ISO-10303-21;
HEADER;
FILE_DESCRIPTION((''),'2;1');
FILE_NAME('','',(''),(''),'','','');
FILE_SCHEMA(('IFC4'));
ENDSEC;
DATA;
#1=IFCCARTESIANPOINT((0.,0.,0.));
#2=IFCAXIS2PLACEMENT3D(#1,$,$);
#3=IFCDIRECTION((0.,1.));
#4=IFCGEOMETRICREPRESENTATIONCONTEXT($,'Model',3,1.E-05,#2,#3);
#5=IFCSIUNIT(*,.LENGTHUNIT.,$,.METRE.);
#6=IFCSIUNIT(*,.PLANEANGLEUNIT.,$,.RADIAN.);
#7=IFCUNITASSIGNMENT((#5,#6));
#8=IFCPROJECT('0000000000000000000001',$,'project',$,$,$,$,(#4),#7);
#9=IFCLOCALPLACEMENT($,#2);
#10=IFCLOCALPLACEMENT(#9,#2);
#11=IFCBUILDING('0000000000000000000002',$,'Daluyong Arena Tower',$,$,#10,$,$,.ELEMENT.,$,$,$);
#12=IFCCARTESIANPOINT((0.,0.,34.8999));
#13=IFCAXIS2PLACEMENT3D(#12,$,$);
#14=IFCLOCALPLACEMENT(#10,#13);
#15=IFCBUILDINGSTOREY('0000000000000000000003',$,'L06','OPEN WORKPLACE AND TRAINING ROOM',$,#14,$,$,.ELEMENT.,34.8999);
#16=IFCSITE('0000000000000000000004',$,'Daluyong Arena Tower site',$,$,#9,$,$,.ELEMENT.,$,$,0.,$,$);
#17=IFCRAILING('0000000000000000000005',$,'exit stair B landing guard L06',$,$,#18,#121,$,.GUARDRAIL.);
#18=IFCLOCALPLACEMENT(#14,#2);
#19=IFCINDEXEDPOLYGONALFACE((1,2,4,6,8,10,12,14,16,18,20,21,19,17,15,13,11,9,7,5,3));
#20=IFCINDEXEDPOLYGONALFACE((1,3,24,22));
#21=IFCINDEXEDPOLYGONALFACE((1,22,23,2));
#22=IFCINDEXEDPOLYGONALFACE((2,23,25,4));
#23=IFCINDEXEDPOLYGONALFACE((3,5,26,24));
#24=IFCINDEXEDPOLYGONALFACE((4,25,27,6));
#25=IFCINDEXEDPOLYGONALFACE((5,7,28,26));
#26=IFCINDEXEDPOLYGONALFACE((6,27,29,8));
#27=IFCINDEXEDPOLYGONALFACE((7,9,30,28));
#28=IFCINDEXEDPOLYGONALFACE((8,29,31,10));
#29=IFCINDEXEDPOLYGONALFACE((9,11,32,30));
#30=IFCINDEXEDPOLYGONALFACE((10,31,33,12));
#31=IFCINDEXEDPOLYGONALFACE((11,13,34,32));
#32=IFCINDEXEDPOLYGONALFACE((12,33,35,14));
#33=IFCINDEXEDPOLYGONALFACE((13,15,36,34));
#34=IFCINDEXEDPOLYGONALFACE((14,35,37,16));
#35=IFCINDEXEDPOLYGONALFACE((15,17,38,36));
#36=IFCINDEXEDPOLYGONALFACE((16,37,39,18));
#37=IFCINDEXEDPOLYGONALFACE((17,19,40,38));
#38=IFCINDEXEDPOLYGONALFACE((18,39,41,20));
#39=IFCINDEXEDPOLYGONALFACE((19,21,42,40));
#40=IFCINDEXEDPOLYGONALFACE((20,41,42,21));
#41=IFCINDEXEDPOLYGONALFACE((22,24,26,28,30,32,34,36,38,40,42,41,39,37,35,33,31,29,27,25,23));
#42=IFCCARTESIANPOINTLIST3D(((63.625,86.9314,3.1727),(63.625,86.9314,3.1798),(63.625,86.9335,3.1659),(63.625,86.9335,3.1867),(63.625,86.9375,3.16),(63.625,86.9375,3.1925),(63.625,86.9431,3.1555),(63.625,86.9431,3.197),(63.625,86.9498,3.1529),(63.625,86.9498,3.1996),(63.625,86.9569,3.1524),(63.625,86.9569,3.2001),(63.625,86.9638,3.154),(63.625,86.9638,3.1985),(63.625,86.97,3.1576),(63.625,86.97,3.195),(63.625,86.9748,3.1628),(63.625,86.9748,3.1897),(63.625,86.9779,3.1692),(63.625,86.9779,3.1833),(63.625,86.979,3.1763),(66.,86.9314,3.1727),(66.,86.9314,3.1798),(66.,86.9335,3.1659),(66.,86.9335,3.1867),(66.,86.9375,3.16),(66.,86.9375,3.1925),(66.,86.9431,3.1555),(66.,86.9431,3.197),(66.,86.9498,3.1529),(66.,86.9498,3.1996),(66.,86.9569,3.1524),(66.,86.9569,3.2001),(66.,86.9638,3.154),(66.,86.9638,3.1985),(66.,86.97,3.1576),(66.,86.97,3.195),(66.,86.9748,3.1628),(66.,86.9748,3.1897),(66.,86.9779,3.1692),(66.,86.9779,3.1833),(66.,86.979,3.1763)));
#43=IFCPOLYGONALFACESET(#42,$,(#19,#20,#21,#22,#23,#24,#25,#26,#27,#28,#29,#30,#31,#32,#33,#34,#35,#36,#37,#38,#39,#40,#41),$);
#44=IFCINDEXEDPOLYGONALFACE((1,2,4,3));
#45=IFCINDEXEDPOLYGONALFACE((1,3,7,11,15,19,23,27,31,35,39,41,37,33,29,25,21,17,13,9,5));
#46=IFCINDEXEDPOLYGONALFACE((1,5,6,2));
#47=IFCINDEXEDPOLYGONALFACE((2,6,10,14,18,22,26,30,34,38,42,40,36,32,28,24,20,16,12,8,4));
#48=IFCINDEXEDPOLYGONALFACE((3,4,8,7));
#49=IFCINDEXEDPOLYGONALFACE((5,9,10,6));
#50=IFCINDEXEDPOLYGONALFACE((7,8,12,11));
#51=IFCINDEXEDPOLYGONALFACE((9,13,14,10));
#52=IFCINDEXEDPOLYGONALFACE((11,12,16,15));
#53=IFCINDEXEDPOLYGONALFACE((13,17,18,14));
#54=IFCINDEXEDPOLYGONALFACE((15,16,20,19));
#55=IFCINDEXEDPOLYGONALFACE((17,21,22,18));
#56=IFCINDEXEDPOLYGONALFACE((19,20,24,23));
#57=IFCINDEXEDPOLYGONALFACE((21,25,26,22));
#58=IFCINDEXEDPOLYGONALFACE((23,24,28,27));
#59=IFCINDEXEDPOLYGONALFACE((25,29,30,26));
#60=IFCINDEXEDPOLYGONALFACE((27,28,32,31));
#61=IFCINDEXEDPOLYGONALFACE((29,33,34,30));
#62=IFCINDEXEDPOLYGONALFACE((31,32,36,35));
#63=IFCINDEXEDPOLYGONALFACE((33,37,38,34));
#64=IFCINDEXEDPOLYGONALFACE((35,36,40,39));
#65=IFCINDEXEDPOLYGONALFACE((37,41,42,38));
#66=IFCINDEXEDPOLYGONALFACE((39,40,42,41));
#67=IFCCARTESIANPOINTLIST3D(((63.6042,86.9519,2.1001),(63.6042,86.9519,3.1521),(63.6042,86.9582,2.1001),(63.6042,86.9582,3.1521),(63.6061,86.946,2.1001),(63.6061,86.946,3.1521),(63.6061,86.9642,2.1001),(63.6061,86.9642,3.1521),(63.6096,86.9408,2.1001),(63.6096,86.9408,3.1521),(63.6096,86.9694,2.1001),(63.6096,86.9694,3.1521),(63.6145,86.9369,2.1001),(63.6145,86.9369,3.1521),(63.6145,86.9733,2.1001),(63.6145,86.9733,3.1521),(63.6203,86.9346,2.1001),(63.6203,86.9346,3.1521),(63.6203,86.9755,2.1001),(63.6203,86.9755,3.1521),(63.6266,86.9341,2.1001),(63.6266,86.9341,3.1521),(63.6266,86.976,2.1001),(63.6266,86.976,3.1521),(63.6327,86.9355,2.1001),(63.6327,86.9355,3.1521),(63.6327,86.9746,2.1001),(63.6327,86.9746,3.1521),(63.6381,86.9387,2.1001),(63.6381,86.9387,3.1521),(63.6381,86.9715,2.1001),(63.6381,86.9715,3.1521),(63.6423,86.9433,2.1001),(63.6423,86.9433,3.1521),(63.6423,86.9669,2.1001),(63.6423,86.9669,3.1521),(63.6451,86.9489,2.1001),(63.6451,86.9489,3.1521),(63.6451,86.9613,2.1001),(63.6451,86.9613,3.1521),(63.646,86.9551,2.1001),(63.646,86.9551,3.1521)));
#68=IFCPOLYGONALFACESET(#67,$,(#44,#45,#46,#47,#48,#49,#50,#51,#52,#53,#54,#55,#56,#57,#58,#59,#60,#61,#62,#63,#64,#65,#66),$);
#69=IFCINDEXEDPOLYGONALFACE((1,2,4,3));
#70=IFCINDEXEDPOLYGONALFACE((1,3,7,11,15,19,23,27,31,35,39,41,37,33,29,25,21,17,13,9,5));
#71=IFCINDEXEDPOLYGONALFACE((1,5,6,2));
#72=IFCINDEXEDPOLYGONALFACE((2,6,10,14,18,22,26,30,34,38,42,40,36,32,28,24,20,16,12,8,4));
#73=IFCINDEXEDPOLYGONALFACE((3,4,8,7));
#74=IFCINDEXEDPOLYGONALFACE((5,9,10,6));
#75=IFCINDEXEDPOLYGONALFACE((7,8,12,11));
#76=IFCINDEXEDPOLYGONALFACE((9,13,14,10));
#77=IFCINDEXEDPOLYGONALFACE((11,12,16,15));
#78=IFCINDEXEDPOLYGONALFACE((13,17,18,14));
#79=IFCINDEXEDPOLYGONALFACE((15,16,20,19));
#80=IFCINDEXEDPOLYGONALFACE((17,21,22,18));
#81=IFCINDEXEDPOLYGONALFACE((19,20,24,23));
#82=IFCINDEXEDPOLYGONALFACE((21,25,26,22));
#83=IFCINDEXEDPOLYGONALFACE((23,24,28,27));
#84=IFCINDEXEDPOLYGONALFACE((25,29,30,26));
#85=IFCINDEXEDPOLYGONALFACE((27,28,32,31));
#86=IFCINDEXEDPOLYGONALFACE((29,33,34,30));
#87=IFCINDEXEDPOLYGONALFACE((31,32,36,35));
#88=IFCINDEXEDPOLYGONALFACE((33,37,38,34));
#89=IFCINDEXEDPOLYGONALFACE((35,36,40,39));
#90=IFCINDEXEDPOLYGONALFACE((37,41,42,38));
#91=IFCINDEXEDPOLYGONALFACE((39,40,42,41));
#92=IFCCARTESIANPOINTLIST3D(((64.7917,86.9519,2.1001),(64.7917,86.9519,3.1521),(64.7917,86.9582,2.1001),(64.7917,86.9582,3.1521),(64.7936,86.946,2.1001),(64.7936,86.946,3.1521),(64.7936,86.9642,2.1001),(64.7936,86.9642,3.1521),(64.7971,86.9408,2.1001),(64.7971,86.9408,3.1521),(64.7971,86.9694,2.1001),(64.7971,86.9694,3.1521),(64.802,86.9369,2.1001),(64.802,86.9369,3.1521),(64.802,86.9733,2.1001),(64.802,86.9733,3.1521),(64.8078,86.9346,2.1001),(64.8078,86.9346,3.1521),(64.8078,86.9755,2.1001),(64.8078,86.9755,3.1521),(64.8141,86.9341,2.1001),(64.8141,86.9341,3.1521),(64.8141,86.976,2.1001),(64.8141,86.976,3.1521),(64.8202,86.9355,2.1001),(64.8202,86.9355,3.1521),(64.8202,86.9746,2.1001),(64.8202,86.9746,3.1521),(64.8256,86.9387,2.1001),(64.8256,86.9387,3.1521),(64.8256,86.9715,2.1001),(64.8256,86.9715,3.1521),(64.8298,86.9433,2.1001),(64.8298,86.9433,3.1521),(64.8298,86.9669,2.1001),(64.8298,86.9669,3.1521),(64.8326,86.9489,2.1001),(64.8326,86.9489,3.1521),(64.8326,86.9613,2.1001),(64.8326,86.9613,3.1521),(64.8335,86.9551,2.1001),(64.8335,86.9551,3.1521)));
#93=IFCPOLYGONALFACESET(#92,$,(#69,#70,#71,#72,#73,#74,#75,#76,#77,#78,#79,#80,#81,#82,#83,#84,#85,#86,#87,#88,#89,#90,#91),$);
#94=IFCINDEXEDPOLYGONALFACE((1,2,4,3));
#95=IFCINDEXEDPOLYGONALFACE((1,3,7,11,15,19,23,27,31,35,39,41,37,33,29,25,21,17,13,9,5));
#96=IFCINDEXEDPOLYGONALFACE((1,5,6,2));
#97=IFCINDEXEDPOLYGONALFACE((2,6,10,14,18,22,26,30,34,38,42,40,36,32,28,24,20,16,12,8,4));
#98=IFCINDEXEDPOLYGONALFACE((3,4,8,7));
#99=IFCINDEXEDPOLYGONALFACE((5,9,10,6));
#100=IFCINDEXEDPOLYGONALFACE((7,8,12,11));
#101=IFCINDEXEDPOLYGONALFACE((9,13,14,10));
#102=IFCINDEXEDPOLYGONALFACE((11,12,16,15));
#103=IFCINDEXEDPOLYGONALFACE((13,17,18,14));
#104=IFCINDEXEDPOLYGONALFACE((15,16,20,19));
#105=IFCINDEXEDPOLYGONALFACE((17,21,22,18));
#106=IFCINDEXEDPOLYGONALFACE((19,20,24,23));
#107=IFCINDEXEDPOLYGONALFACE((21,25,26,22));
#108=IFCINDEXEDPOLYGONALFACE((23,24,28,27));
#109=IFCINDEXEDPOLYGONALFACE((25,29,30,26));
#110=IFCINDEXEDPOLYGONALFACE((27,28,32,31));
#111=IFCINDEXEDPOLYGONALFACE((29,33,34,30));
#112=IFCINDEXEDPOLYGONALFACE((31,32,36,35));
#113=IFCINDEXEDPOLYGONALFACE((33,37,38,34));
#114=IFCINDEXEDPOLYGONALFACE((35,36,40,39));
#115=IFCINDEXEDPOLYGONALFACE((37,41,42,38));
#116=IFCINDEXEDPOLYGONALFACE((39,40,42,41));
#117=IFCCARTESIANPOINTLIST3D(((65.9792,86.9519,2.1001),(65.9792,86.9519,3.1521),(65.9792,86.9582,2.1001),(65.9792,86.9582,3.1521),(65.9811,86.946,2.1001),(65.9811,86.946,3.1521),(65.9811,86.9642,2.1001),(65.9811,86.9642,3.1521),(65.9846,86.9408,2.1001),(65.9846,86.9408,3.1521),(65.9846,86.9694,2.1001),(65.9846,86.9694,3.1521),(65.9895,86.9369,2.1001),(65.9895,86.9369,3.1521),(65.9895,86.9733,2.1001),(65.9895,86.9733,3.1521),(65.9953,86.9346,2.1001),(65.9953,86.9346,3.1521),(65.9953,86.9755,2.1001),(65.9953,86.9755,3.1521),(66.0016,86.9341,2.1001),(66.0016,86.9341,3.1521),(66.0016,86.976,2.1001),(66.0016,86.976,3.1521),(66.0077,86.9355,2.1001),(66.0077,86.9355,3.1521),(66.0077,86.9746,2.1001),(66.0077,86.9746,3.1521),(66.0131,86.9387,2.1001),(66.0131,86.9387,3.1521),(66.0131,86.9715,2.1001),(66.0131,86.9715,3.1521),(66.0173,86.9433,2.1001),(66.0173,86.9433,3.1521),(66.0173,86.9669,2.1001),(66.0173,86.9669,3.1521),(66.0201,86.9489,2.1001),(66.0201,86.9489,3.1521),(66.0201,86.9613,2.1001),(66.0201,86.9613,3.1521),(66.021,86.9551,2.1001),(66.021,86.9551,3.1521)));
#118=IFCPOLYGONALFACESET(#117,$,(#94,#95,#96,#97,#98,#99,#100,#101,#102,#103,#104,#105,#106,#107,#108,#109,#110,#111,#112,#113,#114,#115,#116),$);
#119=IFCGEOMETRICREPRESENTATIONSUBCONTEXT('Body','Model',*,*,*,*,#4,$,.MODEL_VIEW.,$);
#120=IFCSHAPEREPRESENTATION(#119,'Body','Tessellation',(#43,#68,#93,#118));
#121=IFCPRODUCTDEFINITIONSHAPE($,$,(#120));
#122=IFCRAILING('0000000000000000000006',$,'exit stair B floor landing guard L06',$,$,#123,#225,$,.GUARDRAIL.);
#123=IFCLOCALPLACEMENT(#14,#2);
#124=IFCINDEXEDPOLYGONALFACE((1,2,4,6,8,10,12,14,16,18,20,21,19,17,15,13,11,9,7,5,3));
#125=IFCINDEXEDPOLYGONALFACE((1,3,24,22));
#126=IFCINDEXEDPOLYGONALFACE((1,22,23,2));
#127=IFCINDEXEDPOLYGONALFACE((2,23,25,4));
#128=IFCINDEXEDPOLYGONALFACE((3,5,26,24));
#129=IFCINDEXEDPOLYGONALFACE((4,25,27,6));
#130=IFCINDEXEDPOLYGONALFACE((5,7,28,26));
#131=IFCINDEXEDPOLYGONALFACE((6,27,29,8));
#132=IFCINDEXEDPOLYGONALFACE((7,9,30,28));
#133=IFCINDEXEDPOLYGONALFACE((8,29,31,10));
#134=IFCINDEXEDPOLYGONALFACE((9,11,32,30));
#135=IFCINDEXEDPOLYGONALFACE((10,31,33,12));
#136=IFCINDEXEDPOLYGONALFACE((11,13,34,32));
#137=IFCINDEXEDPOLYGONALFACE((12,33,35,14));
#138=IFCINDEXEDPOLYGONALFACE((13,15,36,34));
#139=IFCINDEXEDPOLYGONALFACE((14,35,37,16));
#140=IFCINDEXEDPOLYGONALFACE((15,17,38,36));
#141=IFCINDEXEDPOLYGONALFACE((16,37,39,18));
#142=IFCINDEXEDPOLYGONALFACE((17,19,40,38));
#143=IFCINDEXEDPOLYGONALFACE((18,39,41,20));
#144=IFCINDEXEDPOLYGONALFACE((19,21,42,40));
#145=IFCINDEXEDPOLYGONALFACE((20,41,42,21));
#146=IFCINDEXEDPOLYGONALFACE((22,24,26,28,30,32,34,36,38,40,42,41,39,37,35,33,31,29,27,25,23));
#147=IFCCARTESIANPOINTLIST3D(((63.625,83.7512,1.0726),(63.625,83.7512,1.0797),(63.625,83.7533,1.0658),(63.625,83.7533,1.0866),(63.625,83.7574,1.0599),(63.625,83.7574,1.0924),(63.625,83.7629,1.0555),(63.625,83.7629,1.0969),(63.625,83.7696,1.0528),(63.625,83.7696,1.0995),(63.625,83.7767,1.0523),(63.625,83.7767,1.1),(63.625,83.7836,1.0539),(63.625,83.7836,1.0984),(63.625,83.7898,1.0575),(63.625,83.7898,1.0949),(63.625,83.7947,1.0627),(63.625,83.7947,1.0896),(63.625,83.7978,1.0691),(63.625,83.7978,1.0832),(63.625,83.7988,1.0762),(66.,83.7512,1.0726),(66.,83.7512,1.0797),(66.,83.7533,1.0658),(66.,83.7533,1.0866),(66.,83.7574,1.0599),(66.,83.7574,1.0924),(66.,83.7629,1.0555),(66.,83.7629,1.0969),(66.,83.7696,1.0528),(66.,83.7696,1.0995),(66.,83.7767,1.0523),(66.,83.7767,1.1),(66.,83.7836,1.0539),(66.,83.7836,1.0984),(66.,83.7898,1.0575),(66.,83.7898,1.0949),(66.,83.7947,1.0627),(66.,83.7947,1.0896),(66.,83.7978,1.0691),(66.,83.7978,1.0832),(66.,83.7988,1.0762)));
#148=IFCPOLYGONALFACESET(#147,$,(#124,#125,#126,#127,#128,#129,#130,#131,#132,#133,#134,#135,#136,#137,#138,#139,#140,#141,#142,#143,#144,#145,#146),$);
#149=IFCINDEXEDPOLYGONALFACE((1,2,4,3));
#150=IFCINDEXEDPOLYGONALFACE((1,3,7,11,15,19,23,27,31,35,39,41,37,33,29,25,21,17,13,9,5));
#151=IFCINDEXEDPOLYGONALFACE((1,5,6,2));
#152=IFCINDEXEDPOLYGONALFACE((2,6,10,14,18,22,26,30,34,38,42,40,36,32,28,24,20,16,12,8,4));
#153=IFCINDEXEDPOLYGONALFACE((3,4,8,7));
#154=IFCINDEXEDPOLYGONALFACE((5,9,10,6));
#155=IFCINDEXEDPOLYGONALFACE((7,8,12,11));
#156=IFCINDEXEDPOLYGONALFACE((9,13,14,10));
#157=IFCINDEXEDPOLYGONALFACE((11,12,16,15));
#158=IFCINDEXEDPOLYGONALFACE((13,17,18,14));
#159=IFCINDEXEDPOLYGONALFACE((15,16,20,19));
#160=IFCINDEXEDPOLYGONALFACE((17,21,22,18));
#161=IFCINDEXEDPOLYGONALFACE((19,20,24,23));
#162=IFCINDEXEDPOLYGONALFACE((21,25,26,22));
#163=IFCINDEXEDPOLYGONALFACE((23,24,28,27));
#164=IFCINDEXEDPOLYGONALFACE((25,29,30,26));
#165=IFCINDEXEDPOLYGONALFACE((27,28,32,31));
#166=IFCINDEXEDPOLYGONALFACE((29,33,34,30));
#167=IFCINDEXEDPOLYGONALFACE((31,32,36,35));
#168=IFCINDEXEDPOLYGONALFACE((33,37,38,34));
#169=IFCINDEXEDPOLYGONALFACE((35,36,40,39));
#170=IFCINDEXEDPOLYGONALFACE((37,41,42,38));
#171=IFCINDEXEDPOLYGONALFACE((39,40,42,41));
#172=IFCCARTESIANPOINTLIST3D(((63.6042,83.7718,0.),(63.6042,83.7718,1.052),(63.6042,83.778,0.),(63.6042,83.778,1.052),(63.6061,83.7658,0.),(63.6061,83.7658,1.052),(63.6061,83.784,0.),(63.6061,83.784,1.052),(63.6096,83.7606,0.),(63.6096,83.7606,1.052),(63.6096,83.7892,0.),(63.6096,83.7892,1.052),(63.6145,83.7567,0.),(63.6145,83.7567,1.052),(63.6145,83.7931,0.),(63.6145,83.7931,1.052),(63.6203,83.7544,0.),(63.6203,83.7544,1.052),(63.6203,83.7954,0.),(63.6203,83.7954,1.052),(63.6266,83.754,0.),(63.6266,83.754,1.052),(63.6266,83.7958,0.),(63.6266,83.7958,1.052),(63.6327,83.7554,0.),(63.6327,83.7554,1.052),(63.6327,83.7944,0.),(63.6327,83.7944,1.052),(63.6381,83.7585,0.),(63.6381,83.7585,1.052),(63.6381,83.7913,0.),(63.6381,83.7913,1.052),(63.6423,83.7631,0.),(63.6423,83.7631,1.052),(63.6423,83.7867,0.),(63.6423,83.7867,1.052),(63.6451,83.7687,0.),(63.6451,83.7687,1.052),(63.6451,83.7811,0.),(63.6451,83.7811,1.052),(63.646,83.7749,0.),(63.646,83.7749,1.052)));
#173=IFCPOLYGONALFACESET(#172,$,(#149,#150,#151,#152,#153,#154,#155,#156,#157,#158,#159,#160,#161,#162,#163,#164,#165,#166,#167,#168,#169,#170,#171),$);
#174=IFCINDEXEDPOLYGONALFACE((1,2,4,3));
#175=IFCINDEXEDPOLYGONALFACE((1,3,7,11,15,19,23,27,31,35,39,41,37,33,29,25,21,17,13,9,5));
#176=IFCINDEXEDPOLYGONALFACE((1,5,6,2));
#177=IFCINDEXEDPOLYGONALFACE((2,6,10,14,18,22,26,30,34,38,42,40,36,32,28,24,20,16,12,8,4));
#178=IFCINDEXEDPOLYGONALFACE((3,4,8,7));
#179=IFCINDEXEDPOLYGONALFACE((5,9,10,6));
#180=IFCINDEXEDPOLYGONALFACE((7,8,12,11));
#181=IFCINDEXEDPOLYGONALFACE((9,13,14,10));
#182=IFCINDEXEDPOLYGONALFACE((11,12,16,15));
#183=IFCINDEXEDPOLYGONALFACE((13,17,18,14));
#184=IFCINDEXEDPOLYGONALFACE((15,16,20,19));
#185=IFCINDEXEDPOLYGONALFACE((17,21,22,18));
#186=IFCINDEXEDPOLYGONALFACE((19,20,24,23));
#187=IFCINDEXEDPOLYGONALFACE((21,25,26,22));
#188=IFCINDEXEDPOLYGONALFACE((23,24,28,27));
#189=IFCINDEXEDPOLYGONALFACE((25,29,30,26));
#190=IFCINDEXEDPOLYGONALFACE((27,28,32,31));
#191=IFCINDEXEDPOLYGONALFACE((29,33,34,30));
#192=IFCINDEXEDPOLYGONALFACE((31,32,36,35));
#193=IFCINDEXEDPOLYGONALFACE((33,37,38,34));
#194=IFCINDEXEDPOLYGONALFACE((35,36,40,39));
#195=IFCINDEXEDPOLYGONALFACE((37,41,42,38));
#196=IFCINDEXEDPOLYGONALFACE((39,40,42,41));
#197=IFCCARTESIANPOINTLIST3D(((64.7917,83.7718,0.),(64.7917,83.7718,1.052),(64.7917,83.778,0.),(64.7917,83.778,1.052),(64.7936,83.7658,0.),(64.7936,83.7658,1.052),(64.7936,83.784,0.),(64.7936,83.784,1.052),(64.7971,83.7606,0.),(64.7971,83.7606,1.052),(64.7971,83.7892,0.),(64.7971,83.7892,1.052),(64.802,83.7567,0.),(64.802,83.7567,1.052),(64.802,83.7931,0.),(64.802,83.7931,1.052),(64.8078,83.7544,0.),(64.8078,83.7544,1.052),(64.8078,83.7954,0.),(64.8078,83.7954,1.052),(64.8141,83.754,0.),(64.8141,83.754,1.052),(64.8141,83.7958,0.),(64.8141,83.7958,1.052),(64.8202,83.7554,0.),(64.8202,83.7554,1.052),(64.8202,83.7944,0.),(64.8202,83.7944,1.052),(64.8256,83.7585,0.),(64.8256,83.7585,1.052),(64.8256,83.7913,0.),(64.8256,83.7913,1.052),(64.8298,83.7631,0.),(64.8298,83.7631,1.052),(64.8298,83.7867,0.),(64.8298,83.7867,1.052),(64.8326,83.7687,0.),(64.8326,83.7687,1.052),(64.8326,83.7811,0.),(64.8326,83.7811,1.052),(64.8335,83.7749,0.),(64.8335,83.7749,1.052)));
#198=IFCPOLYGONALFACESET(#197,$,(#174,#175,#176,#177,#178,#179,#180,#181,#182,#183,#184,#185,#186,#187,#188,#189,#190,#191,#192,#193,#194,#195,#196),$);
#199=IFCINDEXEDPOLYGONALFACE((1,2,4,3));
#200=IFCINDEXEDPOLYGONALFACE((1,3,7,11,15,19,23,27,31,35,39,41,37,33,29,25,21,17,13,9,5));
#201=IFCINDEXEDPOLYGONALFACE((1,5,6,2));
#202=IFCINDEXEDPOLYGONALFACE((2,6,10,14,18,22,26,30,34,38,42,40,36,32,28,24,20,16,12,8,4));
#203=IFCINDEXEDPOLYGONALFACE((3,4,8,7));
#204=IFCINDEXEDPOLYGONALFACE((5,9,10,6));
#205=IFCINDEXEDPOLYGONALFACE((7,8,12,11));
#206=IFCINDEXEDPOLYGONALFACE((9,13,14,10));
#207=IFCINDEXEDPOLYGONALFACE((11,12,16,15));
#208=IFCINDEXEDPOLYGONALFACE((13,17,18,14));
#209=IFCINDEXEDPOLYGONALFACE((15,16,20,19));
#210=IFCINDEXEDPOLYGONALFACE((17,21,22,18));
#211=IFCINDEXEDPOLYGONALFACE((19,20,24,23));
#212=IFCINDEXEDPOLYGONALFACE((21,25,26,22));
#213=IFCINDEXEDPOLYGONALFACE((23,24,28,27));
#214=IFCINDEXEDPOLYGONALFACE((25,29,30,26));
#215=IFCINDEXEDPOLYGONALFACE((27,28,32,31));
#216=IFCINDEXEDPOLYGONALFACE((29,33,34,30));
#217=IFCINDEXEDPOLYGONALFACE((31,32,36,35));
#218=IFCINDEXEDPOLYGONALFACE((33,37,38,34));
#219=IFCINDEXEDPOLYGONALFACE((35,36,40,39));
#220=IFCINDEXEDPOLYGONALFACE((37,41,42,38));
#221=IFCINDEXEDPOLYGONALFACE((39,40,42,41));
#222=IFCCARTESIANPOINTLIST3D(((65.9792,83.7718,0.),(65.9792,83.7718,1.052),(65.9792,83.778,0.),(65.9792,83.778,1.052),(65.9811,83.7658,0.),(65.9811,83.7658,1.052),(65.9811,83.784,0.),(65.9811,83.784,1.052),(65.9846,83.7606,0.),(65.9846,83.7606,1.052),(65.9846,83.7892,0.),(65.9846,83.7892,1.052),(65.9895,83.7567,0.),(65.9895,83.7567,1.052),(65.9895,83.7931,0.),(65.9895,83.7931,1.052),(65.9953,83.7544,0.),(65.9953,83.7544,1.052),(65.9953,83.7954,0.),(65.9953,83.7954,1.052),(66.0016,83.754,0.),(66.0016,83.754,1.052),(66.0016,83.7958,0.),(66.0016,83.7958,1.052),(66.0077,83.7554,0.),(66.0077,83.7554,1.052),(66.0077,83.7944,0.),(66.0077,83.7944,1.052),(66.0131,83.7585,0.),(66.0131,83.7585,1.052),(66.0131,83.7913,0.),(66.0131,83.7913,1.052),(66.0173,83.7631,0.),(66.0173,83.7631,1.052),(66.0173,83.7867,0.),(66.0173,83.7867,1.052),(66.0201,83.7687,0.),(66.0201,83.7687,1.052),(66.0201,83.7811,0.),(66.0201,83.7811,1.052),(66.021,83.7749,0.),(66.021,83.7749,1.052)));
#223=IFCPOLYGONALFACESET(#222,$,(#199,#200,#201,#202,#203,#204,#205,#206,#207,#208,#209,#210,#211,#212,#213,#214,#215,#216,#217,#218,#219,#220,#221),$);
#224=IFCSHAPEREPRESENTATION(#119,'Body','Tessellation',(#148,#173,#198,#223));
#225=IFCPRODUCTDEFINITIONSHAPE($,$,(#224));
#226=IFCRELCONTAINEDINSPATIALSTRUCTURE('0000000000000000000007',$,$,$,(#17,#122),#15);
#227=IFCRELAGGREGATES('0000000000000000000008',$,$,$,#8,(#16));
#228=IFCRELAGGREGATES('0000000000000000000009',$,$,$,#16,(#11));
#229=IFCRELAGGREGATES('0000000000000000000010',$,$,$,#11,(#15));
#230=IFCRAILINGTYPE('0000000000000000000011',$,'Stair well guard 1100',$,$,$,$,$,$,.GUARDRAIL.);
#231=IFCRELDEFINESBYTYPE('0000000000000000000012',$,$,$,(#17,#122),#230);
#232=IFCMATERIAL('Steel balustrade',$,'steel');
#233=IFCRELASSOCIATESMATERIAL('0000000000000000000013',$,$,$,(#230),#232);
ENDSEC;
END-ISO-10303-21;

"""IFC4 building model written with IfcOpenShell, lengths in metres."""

from ifc_helpers import new_model, si_unit, direction, frame, origin, origin_2d, place, context, subcontext, project, spatial, circle, extrude, material, type_object, element, save


model = new_model("IFC4")

# Units and contexts
model_context = context("Model", 3, precision=1e-05, world=origin(), true_north=direction((0.0, 1.0)))
body_context = subcontext(model_context, "Body", "Model", "MODEL_VIEW")
ifc_project = project(units=[si_unit("LENGTHUNIT", "METRE"), si_unit("PLANEANGLEUNIT", "RADIAN")], contexts=[model_context])

# Site, building, storey
site_placement = place(None, origin())
site = spatial("IfcSite", under=ifc_project, at=site_placement, Name="Daluyong Arena Tower site", CompositionType="ELEMENT", RefElevation=0.0)
building_placement = place(site_placement, origin())
building = spatial("IfcBuilding", under=site, at=building_placement, Name="Daluyong Arena Tower", CompositionType="ELEMENT")
storey_placement = place(building_placement, frame((0.0, 0.0, 34.8999)))
storey = spatial("IfcBuildingStorey", under=building, at=storey_placement, Name="L06", Description="OPEN WORKPLACE AND TRAINING ROOM", CompositionType="ELEMENT", Elevation=34.8999)

# Railings
ifc_material_1 = material(Name="Steel balustrade", Category="steel")
railing_type_1 = type_object("IfcRailingType", Name="Stair well guard 1100", PredefinedType="GUARDRAIL", material=ifc_material_1)
for number, where, name in (
    (1, (63.625, 86.9551, 2.1001), "exit stair B landing guard L06"),
    (2, (63.625, 83.7749, 0.0), "exit stair B floor landing guard L06"),
):
    element("IfcRailing", number, at=place(storey_placement, frame(where)), inside=storey, type_object=railing_type_1, Name=name, PredefinedType="GUARDRAIL", context=body_context, shape_type="SweptSolid", body=[
        extrude(circle(Radius=0.0239, at=origin_2d()), frame((0.0, 0.0, 1.0762), z_axis=(1.0, 0.0, 0.0), x_axis=(0.0, 1.0, 0.0)), (0.0, 0.0, 1.0), 2.375),
        extrude(circle(Radius=0.021, at=origin_2d()), origin(), (0.0, 0.0, 1.0), 1.052),
        extrude(circle(Radius=0.021, at=origin_2d()), frame((1.1875, 0.0, 0.0)), (0.0, 0.0, 1.0), 1.052),
        extrude(circle(Radius=0.021, at=origin_2d()), frame((2.375, 0.0, 0.0)), (0.0, 0.0, 1.0), 1.052),
    ])

save(model, "model.ifc")
